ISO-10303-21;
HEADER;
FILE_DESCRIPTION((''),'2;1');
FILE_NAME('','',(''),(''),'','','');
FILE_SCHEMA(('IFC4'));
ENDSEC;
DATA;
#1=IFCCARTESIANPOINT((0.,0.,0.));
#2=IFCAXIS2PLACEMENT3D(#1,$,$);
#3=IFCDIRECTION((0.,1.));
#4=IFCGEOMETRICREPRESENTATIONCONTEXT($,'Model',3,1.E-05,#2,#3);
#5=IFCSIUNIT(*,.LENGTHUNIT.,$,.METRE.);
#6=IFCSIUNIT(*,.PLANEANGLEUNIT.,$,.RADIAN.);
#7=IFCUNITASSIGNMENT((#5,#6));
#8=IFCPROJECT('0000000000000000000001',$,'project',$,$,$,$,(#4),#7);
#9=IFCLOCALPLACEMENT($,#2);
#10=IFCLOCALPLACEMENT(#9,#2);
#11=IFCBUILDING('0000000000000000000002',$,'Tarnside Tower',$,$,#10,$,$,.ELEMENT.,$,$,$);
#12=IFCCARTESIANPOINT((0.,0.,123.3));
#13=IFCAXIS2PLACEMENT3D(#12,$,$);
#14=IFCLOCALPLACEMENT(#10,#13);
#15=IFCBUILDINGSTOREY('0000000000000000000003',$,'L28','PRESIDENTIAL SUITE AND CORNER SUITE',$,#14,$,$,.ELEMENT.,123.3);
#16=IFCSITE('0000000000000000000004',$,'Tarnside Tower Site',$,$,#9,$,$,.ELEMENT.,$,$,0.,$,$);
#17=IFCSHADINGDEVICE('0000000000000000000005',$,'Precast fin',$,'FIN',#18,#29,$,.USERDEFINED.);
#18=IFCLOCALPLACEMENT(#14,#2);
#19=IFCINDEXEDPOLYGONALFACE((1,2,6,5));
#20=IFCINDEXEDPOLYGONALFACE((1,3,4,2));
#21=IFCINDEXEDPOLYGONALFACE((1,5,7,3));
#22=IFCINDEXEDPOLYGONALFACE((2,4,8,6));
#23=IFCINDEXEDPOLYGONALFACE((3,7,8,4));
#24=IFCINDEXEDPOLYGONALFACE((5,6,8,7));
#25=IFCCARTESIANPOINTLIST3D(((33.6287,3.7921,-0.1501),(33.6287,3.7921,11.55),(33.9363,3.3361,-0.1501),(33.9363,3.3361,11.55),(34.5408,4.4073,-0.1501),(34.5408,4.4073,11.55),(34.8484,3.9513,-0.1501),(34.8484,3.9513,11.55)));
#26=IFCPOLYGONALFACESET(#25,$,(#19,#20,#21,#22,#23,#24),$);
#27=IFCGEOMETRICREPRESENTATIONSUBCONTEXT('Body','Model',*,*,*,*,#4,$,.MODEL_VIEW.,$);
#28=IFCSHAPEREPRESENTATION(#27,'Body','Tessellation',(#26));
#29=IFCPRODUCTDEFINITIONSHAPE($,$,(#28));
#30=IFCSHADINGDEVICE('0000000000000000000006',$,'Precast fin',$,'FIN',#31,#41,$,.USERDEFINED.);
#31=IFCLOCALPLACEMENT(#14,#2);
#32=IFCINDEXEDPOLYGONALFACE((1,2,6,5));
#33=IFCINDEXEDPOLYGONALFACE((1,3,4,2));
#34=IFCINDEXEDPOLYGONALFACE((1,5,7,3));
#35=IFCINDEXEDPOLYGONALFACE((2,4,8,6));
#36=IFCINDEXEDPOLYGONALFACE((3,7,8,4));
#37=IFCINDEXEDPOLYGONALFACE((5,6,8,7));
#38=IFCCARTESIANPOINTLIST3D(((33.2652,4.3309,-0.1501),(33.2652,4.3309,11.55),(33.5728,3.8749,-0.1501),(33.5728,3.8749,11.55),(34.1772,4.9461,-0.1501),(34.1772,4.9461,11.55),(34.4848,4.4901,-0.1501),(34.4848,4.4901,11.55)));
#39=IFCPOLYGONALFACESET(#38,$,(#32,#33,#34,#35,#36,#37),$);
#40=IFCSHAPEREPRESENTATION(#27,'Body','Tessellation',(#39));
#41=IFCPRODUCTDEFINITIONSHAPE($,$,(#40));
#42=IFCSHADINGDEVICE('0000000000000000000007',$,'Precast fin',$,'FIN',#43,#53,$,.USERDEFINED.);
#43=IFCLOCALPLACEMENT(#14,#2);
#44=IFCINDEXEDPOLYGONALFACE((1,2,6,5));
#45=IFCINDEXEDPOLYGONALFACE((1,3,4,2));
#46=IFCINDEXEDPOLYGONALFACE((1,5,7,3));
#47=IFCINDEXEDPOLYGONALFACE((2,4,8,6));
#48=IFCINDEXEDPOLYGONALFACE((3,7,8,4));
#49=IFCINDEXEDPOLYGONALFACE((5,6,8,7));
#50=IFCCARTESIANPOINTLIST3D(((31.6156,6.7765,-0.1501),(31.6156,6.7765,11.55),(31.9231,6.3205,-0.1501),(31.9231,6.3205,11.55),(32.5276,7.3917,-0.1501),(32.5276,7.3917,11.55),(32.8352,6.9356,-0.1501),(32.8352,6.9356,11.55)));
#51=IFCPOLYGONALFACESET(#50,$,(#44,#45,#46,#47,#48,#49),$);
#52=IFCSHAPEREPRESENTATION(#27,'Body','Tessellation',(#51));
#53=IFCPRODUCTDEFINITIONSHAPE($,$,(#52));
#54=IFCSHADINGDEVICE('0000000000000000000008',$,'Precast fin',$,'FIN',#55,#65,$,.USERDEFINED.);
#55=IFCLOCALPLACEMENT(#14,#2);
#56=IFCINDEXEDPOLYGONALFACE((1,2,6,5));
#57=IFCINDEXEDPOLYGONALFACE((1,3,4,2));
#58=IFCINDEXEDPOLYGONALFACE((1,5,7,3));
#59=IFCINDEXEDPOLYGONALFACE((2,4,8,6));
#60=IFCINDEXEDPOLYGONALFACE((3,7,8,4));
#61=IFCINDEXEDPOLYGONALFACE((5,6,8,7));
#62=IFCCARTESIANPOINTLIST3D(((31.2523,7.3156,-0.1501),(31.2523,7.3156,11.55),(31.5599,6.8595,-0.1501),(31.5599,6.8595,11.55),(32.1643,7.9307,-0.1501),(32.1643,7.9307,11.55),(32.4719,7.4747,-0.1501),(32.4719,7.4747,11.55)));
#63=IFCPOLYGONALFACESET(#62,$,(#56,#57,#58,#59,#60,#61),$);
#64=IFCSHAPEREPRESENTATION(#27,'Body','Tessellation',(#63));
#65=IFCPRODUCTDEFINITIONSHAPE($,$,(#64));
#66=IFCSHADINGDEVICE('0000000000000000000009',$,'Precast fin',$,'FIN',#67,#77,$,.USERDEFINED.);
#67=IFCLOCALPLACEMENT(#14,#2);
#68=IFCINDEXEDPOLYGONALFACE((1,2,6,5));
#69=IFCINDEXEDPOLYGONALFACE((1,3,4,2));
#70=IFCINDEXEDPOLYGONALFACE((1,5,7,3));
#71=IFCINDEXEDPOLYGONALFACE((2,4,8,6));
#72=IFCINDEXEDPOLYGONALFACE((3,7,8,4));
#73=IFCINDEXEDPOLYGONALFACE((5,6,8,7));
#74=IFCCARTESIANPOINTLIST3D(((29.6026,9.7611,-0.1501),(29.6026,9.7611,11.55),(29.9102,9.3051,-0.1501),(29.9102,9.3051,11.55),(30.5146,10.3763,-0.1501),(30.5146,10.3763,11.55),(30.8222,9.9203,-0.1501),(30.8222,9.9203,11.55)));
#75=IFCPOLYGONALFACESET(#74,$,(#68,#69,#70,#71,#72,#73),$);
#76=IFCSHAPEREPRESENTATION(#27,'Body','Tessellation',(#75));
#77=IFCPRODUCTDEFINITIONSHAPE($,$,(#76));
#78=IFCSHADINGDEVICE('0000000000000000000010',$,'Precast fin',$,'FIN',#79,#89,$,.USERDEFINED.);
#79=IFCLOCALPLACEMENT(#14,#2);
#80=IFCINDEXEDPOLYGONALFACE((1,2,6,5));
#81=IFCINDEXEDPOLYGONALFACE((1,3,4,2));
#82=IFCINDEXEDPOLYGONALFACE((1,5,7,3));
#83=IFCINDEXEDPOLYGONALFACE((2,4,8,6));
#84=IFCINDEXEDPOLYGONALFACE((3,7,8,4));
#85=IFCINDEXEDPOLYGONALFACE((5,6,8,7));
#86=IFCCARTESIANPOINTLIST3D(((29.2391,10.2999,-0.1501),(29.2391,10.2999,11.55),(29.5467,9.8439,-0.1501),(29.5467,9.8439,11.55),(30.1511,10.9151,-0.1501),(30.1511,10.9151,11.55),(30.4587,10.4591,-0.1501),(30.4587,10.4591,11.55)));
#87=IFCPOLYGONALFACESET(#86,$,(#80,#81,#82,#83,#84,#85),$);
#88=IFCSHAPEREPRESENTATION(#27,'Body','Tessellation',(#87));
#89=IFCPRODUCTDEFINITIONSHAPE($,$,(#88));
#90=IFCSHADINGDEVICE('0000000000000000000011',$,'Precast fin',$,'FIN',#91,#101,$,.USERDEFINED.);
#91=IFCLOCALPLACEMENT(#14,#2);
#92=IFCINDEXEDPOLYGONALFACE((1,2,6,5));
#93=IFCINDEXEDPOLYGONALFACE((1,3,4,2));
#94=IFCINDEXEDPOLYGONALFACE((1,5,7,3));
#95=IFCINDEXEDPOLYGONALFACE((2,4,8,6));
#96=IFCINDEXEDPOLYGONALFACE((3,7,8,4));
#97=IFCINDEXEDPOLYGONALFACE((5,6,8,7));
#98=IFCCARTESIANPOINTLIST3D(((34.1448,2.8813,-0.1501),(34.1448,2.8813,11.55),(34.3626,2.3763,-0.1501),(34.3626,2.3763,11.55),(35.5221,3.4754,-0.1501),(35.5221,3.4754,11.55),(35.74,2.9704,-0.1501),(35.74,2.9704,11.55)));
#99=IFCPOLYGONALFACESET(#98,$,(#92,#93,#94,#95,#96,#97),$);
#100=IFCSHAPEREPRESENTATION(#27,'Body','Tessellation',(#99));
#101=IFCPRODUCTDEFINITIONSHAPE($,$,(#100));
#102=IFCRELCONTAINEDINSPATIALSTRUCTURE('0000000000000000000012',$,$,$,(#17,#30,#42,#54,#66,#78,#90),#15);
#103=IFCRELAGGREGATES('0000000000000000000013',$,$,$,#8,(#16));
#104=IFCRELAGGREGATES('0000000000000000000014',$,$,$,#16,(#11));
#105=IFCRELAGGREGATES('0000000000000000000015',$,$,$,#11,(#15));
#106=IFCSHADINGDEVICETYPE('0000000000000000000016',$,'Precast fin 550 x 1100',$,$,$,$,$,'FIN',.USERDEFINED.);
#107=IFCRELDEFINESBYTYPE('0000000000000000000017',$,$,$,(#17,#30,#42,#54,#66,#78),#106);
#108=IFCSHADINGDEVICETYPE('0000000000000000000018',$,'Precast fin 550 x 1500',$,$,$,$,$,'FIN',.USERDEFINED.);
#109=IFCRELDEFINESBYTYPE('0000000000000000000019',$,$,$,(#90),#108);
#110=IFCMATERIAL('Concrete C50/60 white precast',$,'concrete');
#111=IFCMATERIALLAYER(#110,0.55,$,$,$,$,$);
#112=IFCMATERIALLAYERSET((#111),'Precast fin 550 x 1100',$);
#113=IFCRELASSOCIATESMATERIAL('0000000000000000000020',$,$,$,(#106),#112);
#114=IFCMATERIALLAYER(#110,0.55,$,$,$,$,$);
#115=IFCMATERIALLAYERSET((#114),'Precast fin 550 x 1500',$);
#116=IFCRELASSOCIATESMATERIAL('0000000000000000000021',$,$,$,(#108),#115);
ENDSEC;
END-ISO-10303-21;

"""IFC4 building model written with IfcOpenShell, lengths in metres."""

from ifc_helpers import new_model, si_unit, direction, frame, origin, place, context, subcontext, project, spatial, polyline, outline, extrude, material, layer, layer_set, type_object, element, save


model = new_model("IFC4")

# Units and contexts
model_context = context("Model", 3, precision=1e-05, world=origin(), true_north=direction((0.0, 1.0)))
body_context = subcontext(model_context, "Body", "Model", "MODEL_VIEW")
ifc_project = project(units=[si_unit("LENGTHUNIT", "METRE"), si_unit("PLANEANGLEUNIT", "RADIAN")], contexts=[model_context])

# Site, building, storey
site_placement = place(None, origin())
site = spatial("IfcSite", under=ifc_project, at=site_placement, Name="Tarnside Tower Site", CompositionType="ELEMENT", RefElevation=0.0)
building_placement = place(site_placement, origin())
building = spatial("IfcBuilding", under=site, at=building_placement, Name="Tarnside Tower", CompositionType="ELEMENT")
storey_placement = place(building_placement, frame((0.0, 0.0, 123.3)))
storey = spatial("IfcBuildingStorey", under=building, at=storey_placement, Name="L28", Description="PRESIDENTIAL SUITE AND CORNER SUITE", CompositionType="ELEMENT", Elevation=123.3)

# Shading devices
ifc_material_1 = material(Name="Concrete C50/60 white precast", Category="concrete")
ifc_layer_1 = layer(ifc_material_1, 0.55)
ifc_layer_set_1 = layer_set([ifc_layer_1], Name="Precast fin 550 x 1100")
shading_device_type_1 = type_object("IfcShadingDeviceType", Name="Precast fin 550 x 1100", ElementType="FIN", PredefinedType="USERDEFINED", material=ifc_layer_set_1)
for number, where, z_axis, x_axis, name in (
    (1, (33.7825, 3.5642, -0.1501), (0.559193, -0.829038, 0.0), (0.829038, 0.559193, 0.0), "Precast fin"),
    (2, (33.4189, 4.103, -0.1501), (0.559193, -0.829038, 0.0), (0.829038, 0.559193, 0.0), "Precast fin"),
    (3, (31.7693, 6.5486, -0.1501), (0.559193, -0.829038, 0.0), (0.829038, 0.559193, 0.0), "Precast fin"),
    (4, (31.406, 7.0876, -0.1501), (0.559193, -0.829038, 0.0), (0.829038, 0.559193, 0.0), "Precast fin"),
    (5, (29.7563, 9.5332, -0.1501), (0.559193, -0.829038, 0.0), (0.829038, 0.559193, 0.0), "Precast fin"),
    (6, (29.3928, 10.072, -0.1501), (0.559193, -0.829038, 0.0), (0.829038, 0.559193, 0.0), "Precast fin"),
):
    element("IfcShadingDevice", number, at=place(storey_placement, frame(where, z_axis=z_axis, x_axis=x_axis)), inside=storey, type_object=shading_device_type_1, Name=name, ObjectType="FIN", PredefinedType="USERDEFINED", context=body_context, shape_type="SweptSolid", body=[
        extrude(outline(polyline([(0.0, 0.0), (1.1001, 0.0), (1.1001, 11.7002), (0.0, 11.7002), (0.0, 0.0)])), frame((0.0, 0.0, -0.2749)), (0.0, 0.0, 1.0), 0.55),
    ])
ifc_layer_2 = layer(ifc_material_1, 0.55)
ifc_layer_set_2 = layer_set([ifc_layer_2], Name="Precast fin 550 x 1500")
shading_device_type_2 = type_object("IfcShadingDeviceType", Name="Precast fin 550 x 1500", ElementType="FIN", PredefinedType="USERDEFINED", material=ifc_layer_set_2)
shading_device_placement = place(storey_placement, frame((34.2537, 2.6289, -0.1501), z_axis=(0.39608, -0.918216, 0.0), x_axis=(0.918216, 0.39608, 0.0)))
element("IfcShadingDevice", 7, at=shading_device_placement, inside=storey, type_object=shading_device_type_2, Name="Precast fin", ObjectType="FIN", PredefinedType="USERDEFINED", context=body_context, shape_type="SweptSolid", body=[
    extrude(outline(polyline([(0.0, 0.0), (1.5, 0.0), (1.5, 11.7002), (0.0, 11.7002), (0.0, 0.0)])), frame((0.0, 0.0, -0.2749)), (0.0, 0.0, 1.0), 0.55),
])

save(model, "model.ifc")
